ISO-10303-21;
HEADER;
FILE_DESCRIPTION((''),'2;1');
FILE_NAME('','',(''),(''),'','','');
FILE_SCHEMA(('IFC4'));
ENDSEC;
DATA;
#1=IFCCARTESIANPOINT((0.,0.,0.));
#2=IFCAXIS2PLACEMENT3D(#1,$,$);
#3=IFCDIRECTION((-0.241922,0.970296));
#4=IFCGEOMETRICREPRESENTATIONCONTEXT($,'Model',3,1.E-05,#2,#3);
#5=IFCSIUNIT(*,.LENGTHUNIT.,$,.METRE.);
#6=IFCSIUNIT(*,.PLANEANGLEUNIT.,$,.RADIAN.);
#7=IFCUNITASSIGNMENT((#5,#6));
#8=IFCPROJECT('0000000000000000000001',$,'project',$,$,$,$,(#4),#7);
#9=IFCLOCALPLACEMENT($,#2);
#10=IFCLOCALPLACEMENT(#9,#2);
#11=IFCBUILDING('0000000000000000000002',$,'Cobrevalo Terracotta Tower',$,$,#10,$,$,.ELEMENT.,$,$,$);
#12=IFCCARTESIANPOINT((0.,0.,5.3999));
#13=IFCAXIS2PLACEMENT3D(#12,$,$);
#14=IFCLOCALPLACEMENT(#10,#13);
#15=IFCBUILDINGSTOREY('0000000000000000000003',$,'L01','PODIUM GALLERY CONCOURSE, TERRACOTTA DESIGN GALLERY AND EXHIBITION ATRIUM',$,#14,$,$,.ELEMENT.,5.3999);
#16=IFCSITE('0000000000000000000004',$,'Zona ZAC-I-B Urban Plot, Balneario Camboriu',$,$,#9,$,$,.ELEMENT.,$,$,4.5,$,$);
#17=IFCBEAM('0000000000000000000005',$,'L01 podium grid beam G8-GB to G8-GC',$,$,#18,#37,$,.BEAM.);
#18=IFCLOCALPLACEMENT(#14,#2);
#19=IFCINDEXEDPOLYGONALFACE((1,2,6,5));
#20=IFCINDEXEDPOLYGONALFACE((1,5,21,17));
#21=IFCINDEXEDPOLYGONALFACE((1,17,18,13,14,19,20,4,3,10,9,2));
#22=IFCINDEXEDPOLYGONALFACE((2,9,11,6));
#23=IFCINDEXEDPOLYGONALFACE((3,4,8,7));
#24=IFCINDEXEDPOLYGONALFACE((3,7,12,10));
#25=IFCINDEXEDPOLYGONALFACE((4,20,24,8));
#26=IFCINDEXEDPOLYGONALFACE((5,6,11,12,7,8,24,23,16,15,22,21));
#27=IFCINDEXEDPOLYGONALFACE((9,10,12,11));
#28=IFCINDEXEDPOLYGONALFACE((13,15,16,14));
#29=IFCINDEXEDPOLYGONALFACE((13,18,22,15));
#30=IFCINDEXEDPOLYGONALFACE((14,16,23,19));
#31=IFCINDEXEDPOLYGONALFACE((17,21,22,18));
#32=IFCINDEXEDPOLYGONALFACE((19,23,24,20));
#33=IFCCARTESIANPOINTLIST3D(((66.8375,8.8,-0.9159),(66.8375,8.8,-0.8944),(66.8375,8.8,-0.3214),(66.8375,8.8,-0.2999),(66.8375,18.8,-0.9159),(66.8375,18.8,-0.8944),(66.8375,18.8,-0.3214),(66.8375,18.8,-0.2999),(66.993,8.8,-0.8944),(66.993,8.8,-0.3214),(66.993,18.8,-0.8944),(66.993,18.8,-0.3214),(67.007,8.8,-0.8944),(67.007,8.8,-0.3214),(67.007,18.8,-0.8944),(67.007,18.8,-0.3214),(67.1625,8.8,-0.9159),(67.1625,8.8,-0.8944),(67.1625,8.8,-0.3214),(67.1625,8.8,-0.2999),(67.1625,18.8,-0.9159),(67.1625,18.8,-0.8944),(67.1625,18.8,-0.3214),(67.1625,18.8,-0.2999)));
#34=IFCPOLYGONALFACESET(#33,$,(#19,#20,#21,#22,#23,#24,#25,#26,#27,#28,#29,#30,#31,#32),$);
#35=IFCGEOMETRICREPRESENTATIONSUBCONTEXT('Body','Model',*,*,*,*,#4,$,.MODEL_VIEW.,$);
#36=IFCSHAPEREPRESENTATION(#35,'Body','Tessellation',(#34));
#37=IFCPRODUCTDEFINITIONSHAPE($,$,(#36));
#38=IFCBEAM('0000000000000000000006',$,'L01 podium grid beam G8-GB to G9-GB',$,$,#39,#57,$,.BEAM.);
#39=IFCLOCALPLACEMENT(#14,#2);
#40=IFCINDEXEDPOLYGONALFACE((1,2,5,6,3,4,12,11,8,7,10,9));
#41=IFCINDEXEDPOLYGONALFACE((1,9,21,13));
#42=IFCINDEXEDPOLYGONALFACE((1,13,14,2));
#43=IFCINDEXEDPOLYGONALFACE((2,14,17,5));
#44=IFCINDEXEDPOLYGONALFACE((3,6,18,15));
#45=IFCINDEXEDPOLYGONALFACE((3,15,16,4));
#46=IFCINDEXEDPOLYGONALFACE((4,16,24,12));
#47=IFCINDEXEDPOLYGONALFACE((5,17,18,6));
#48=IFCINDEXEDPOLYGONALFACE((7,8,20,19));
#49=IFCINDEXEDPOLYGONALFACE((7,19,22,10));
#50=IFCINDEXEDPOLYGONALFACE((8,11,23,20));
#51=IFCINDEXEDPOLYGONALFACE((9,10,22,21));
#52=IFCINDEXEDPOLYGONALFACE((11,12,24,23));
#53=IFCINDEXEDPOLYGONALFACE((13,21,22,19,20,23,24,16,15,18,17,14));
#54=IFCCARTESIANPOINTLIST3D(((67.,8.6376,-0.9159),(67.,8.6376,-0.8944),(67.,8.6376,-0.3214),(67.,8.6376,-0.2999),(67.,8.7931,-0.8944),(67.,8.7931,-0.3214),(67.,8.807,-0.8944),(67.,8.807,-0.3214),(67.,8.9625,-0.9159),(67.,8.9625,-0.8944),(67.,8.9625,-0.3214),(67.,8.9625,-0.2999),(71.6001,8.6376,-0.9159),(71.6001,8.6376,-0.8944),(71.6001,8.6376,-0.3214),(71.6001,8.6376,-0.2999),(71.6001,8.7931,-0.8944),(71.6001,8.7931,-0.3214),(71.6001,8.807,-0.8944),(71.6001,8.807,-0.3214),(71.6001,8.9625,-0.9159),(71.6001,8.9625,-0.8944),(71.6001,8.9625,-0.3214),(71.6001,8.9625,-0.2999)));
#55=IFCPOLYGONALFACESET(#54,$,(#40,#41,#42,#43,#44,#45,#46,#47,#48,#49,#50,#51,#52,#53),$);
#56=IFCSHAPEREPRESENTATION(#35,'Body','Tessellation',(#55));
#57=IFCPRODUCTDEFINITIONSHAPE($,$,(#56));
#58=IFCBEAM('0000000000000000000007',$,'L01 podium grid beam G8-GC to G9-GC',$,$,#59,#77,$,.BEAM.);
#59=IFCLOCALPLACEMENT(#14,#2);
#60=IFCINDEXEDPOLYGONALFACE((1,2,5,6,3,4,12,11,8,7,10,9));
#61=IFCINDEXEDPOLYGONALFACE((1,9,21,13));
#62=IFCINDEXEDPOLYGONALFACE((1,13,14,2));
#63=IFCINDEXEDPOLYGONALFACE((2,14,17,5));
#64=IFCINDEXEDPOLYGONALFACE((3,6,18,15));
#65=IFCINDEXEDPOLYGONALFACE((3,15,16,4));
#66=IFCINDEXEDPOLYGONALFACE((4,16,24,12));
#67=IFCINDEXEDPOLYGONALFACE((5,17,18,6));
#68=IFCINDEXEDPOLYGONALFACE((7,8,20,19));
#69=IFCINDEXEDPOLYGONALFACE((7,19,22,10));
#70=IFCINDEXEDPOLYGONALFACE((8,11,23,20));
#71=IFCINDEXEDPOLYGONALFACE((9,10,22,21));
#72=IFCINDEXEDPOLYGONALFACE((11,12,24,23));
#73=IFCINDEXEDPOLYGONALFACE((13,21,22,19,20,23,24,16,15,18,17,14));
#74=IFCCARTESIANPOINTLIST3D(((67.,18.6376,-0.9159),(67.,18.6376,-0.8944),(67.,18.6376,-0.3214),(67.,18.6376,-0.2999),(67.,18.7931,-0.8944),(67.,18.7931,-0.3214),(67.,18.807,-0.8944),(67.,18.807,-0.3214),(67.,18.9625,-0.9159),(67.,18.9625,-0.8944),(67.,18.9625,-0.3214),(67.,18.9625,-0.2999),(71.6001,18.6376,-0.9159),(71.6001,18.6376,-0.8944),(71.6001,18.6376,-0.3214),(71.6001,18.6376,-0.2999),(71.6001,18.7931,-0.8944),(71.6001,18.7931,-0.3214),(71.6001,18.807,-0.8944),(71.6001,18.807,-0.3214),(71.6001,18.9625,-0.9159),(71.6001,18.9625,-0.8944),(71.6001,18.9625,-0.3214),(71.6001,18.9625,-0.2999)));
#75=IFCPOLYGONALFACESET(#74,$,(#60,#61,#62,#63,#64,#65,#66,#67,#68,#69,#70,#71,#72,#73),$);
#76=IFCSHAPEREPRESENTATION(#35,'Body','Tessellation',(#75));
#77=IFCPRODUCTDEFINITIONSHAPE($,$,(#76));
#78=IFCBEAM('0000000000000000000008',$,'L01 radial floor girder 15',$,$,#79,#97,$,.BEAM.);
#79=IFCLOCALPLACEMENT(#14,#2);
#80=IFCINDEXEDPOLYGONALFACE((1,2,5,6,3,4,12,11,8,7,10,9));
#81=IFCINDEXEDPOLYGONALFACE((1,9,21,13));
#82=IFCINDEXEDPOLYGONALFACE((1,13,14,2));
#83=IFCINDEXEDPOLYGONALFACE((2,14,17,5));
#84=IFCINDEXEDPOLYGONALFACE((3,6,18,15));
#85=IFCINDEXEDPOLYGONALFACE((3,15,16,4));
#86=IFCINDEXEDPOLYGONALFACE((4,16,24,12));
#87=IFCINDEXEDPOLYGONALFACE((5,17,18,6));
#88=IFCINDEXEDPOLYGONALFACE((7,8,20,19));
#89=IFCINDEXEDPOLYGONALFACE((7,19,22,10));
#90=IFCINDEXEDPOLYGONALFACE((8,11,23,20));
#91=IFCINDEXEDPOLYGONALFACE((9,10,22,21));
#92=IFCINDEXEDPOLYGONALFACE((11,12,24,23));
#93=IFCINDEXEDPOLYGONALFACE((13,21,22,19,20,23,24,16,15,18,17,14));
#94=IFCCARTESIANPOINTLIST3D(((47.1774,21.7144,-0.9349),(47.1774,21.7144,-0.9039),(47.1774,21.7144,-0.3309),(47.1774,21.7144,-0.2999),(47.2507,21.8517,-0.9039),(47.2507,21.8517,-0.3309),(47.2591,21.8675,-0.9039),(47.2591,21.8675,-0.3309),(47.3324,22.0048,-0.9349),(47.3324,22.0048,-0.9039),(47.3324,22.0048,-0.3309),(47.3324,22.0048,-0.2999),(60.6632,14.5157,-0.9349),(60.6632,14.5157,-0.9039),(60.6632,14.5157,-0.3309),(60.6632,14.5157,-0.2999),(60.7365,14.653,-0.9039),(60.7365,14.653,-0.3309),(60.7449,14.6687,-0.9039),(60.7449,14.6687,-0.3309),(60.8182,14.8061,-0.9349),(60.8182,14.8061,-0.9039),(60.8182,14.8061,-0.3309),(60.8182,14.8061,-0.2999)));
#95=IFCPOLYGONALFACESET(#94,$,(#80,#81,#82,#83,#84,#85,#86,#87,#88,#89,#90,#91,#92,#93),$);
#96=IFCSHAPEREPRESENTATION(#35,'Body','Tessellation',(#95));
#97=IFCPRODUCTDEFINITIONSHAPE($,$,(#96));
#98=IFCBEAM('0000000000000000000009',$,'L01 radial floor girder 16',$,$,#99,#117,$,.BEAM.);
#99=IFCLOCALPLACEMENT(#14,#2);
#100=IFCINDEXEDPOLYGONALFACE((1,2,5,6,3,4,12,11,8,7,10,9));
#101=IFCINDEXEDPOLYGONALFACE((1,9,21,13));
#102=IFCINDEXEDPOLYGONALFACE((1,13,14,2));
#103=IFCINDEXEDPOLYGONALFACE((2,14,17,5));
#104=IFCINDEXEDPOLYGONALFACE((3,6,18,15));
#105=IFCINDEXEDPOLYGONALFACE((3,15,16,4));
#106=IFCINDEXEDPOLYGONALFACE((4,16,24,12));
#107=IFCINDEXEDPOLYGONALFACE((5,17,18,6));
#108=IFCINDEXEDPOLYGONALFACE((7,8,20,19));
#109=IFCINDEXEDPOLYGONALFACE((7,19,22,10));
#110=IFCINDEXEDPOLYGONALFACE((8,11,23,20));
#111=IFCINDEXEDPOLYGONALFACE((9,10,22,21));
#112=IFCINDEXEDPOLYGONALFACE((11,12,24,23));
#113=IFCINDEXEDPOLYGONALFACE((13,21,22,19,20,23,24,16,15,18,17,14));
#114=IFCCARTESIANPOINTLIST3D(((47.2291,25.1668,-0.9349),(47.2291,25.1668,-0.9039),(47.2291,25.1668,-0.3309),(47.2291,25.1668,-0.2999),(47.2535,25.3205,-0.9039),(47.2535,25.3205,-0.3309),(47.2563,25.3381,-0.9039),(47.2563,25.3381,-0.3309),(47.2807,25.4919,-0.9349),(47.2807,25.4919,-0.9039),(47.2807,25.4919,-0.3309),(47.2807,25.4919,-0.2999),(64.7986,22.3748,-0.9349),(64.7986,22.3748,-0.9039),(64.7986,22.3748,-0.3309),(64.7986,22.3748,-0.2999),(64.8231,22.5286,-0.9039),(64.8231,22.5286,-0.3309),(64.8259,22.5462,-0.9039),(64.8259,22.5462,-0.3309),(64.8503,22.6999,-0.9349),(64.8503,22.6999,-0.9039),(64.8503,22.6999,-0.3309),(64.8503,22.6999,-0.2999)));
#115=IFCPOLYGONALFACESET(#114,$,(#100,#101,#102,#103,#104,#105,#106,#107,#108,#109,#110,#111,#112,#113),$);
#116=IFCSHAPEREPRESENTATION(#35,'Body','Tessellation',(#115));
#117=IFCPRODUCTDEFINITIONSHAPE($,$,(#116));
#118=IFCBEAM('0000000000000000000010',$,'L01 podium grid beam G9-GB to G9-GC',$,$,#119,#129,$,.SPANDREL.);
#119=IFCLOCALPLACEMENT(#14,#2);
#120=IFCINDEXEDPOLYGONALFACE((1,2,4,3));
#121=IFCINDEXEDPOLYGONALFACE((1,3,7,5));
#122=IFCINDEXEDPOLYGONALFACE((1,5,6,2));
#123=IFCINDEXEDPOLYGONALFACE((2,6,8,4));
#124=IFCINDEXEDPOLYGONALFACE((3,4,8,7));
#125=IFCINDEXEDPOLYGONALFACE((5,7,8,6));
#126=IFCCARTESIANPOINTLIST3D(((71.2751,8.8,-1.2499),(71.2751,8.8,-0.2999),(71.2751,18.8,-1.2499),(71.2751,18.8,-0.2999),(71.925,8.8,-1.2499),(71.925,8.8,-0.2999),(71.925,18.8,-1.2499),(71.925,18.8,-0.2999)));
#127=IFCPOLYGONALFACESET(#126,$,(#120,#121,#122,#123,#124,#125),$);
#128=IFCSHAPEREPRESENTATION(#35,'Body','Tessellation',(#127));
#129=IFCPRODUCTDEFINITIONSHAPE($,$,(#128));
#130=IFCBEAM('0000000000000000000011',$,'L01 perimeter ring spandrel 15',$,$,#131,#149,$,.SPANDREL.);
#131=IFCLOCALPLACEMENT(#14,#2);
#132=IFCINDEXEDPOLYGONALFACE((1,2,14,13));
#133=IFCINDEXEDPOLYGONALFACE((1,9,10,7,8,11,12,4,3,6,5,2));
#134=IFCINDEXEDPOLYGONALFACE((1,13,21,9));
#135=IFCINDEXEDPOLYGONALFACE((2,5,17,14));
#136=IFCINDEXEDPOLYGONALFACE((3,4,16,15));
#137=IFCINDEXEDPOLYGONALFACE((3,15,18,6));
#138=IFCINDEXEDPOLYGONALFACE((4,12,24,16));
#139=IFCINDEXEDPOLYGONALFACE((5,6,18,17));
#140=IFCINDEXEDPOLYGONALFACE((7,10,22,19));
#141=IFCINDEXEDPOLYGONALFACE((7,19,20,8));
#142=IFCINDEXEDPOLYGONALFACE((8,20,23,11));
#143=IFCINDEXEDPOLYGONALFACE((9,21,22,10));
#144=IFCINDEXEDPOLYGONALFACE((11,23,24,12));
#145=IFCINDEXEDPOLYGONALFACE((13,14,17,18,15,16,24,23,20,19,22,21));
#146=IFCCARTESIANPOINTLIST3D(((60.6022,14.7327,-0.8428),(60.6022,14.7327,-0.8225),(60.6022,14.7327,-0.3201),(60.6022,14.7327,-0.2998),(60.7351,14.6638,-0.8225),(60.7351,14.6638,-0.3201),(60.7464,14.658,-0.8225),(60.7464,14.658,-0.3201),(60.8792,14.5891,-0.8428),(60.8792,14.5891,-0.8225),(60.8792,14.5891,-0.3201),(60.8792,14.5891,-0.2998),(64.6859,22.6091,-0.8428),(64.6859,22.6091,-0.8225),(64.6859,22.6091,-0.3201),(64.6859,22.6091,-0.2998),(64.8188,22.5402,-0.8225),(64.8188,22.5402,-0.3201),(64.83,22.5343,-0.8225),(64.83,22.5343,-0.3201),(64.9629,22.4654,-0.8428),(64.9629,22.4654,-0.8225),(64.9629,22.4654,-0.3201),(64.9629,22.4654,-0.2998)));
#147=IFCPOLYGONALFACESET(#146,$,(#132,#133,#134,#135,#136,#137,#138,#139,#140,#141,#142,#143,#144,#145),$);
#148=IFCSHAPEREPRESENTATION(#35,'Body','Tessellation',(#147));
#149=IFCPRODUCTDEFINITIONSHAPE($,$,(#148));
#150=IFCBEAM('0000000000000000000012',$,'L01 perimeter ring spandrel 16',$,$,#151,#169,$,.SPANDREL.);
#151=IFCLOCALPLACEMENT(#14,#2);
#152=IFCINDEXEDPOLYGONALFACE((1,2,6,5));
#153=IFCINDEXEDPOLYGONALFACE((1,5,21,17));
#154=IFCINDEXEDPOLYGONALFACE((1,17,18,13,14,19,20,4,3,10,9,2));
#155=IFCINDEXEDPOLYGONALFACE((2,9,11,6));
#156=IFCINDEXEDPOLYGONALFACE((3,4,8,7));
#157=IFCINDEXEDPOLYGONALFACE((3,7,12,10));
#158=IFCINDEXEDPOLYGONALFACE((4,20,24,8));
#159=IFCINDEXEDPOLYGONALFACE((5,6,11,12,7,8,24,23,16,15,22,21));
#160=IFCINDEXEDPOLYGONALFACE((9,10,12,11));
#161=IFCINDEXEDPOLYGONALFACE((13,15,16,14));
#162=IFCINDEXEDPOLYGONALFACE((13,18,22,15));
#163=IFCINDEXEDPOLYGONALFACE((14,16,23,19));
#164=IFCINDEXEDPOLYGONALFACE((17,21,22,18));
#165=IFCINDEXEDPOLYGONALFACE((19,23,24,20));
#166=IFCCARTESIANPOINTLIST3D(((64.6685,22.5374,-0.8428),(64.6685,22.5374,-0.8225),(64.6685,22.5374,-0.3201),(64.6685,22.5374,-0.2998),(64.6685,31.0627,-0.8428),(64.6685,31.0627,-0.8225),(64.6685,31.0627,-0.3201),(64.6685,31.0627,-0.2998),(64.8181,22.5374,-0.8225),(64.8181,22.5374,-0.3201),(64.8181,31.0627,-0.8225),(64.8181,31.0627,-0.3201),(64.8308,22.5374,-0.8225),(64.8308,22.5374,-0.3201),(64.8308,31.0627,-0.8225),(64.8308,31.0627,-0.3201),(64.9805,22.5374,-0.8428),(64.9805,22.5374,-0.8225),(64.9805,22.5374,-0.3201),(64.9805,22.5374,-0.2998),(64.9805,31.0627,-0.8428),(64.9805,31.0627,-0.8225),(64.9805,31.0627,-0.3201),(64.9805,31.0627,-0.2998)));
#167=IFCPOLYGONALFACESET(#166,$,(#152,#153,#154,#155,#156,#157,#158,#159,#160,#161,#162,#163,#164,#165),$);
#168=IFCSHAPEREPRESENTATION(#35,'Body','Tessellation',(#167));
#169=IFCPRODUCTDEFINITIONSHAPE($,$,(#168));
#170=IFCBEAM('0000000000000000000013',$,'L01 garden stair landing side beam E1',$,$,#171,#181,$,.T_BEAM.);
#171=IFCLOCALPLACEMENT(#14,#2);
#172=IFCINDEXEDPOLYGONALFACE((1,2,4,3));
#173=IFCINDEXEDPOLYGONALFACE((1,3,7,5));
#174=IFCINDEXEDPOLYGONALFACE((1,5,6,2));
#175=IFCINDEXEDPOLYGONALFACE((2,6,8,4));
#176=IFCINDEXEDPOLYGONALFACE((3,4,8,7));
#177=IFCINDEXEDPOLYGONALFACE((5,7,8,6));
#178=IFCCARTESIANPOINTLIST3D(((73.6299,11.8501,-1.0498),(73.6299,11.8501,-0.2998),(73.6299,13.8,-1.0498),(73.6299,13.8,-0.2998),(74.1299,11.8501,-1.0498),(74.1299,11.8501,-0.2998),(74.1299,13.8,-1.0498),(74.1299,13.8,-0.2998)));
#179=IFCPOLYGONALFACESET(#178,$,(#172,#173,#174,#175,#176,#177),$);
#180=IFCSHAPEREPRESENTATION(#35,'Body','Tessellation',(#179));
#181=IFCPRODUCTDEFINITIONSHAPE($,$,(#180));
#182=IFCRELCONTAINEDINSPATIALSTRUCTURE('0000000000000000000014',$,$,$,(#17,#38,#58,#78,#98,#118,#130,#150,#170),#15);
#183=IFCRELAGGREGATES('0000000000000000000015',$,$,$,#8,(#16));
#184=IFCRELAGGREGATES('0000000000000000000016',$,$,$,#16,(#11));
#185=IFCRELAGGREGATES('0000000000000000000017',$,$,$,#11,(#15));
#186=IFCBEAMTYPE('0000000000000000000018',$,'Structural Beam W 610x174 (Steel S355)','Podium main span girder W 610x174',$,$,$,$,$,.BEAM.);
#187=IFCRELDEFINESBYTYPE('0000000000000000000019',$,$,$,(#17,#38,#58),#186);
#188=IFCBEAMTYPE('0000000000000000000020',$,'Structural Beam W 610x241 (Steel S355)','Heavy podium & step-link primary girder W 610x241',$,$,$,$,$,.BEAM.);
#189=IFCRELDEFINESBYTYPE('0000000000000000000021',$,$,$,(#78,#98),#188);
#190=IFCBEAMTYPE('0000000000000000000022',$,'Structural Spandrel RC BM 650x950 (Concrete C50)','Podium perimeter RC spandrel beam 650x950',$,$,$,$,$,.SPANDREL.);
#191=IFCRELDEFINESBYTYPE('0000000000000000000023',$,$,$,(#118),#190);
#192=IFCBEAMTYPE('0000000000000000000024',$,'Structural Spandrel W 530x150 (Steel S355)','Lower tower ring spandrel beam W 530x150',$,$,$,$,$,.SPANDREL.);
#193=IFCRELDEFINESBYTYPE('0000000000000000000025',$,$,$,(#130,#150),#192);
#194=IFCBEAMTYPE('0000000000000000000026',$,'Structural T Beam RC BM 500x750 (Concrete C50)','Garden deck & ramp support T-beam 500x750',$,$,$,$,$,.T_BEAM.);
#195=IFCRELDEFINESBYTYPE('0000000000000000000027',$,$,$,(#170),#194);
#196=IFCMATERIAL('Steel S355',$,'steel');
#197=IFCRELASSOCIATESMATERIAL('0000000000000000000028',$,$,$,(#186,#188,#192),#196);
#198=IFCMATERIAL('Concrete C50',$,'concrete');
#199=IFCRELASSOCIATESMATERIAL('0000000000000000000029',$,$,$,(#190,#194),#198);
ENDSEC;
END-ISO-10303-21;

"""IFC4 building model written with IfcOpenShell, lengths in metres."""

from ifc_helpers import new_model, si_unit, direction, frame, origin, origin_2d, place, context, subcontext, project, spatial, rectangle, i_section, extrude, material, material_profile, profile_set, type_object, element, save


model = new_model("IFC4")

# Units and contexts
model_context = context("Model", 3, precision=1e-05, world=origin(), true_north=direction((-0.241922, 0.970296)))
body_context = subcontext(model_context, "Body", "Model", "MODEL_VIEW")
ifc_project = project(units=[si_unit("LENGTHUNIT", "METRE"), si_unit("PLANEANGLEUNIT", "RADIAN")], contexts=[model_context])

# Site, building, storey
site_placement = place(None, origin())
site = spatial("IfcSite", under=ifc_project, at=site_placement, Name="Zona ZAC-I-B Urban Plot, Balneario Camboriu", CompositionType="ELEMENT", RefElevation=4.5)
building_placement = place(site_placement, origin())
building = spatial("IfcBuilding", under=site, at=building_placement, Name="Cobrevalo Terracotta Tower", CompositionType="ELEMENT")
storey_placement = place(building_placement, frame((0.0, 0.0, 5.3999)))
storey = spatial("IfcBuildingStorey", under=building, at=storey_placement, Name="L01", Description="PODIUM GALLERY CONCOURSE, TERRACOTTA DESIGN GALLERY AND EXHIBITION ATRIUM", CompositionType="ELEMENT", Elevation=5.3999)

# Shared definitions
ifc_material_1 = material(Name="Steel S355", Category="steel")
ifc_material_2 = material(Name="Concrete C50", Category="concrete")

# Beams
ifc_material_profile_1 = material_profile(ifc_material_1, i_section(OverallWidth=0.325, OverallDepth=0.616, WebThickness=0.0139, FlangeThickness=0.0215, at=origin_2d()), Name="W 610x174")
ifc_profile_set_1 = profile_set([ifc_material_profile_1], Name="Steel S355")
beam_type_1 = type_object("IfcBeamType", Name="Structural Beam W 610x174 (Steel S355)", Description="Podium main span girder W 610x174", PredefinedType="BEAM", material=ifc_profile_set_1)
beam_1_placement = place(storey_placement, frame((67.0, 8.8, -0.6079), z_axis=(0.0, 1.0, 0.0), x_axis=(-1.0, 0.0, 0.0)))
element("IfcBeam", 1, at=beam_1_placement, inside=storey, type_object=beam_type_1, Name="L01 podium grid beam G8-GB to G8-GC", PredefinedType="BEAM", context=body_context, shape_type="SweptSolid", body=[
    extrude(i_section(OverallWidth=0.325, OverallDepth=0.616, WebThickness=0.0139, FlangeThickness=0.0215, at=origin_2d()), origin(), (0.0, 0.0, 1.0), 10.0),
])
for number, where, z_axis, x_axis, name in (
    (2, (67.0, 8.8, -0.6079), (1.0, 0.0, 0.0), (0.0, 1.0, 0.0), "L01 podium grid beam G8-GB to G9-GB"),
    (3, (67.0, 18.8, -0.6079), (1.0, 0.0, 0.0), (0.0, 1.0, 0.0), "L01 podium grid beam G8-GC to G9-GC"),
):
    element("IfcBeam", number, at=place(storey_placement, frame(where, z_axis=z_axis, x_axis=x_axis)), inside=storey, type_object=beam_type_1, Name=name, PredefinedType="BEAM", context=body_context, shape_type="SweptSolid", body=[
        extrude(i_section(OverallWidth=0.325, OverallDepth=0.616, WebThickness=0.0139, FlangeThickness=0.0215, at=origin_2d()), origin(), (0.0, 0.0, 1.0), 4.6001),
    ])
ifc_material_profile_2 = material_profile(ifc_material_1, i_section(OverallWidth=0.3291, OverallDepth=0.635, WebThickness=0.0178, FlangeThickness=0.031, at=origin_2d()), Name="W 610x241")
ifc_profile_set_2 = profile_set([ifc_material_profile_2], Name="Steel S355")
beam_type_2 = type_object("IfcBeamType", Name="Structural Beam W 610x241 (Steel S355)", Description="Heavy podium & step-link primary girder W 610x241", PredefinedType="BEAM", material=ifc_profile_set_2)
beam_2_placement = place(storey_placement, frame((60.7407, 14.6609, -0.6174), z_axis=(-0.882182, 0.470908, 0.0), x_axis=(-0.470908, -0.882182, 0.0)))
element("IfcBeam", 4, at=beam_2_placement, inside=storey, type_object=beam_type_2, Name="L01 radial floor girder 15", PredefinedType="BEAM", context=body_context, shape_type="SweptSolid", body=[
    extrude(i_section(OverallWidth=0.3291, OverallDepth=0.635, WebThickness=0.0178, FlangeThickness=0.031, at=origin_2d()), origin(), (0.0, 0.0, 1.0), 15.2869),
])
beam_3_placement = place(storey_placement, frame((64.8245, 22.5374, -0.6174), z_axis=(-0.987608, 0.156941, 0.0), x_axis=(-0.156941, -0.987608, 0.0)))
element("IfcBeam", 5, at=beam_3_placement, inside=storey, type_object=beam_type_2, Name="L01 radial floor girder 16", PredefinedType="BEAM", context=body_context, shape_type="SweptSolid", body=[
    extrude(i_section(OverallWidth=0.3291, OverallDepth=0.635, WebThickness=0.0178, FlangeThickness=0.031, at=origin_2d()), origin(), (0.0, 0.0, 1.0), 17.79),
])
ifc_material_profile_3 = material_profile(ifc_material_2, rectangle(XDim=0.6499, YDim=0.95, at=origin_2d()), Name="RC BM 650x950")
ifc_profile_set_3 = profile_set([ifc_material_profile_3], Name="Concrete C50")
beam_type_3 = type_object("IfcBeamType", Name="Structural Spandrel RC BM 650x950 (Concrete C50)", Description="Podium perimeter RC spandrel beam 650x950", PredefinedType="SPANDREL", material=ifc_profile_set_3)
beam_4_placement = place(storey_placement, frame((71.6001, 8.8, -0.7749), z_axis=(0.0, 1.0, 0.0), x_axis=(-1.0, 0.0, 0.0)))
element("IfcBeam", 6, at=beam_4_placement, inside=storey, type_object=beam_type_3, Name="L01 podium grid beam G9-GB to G9-GC", PredefinedType="SPANDREL", context=body_context, shape_type="SweptSolid", body=[
    extrude(rectangle(XDim=0.6499, YDim=0.95, at=origin_2d()), origin(), (0.0, 0.0, 1.0), 10.0),
])
ifc_material_profile_4 = material_profile(ifc_material_1, i_section(OverallWidth=0.312, OverallDepth=0.543, WebThickness=0.0127, FlangeThickness=0.0203, at=origin_2d()), Name="W 530x150")
ifc_profile_set_4 = profile_set([ifc_material_profile_4], Name="Steel S355")
beam_type_4 = type_object("IfcBeamType", Name="Structural Spandrel W 530x150 (Steel S355)", Description="Lower tower ring spandrel beam W 530x150", PredefinedType="SPANDREL", material=ifc_profile_set_4)
beam_5_placement = place(storey_placement, frame((60.7407, 14.6609, -0.5713), z_axis=(0.460286, 0.887771, 0.0), x_axis=(-0.887771, 0.460286, 0.0)))
element("IfcBeam", 7, at=beam_5_placement, inside=storey, type_object=beam_type_4, Name="L01 perimeter ring spandrel 15", PredefinedType="SPANDREL", context=body_context, shape_type="SweptSolid", body=[
    extrude(i_section(OverallWidth=0.312, OverallDepth=0.543, WebThickness=0.0127, FlangeThickness=0.0203, at=origin_2d()), origin(), (0.0, 0.0, 1.0), 8.8721),
])
beam_6_placement = place(storey_placement, frame((64.8245, 22.5374, -0.5713), z_axis=(0.0, 1.0, 0.0), x_axis=(-1.0, 0.0, 0.0)))
element("IfcBeam", 8, at=beam_6_placement, inside=storey, type_object=beam_type_4, Name="L01 perimeter ring spandrel 16", PredefinedType="SPANDREL", context=body_context, shape_type="SweptSolid", body=[
    extrude(i_section(OverallWidth=0.312, OverallDepth=0.543, WebThickness=0.0127, FlangeThickness=0.0203, at=origin_2d()), origin(), (0.0, 0.0, 1.0), 8.5254),
])
ifc_material_profile_5 = material_profile(ifc_material_2, rectangle(XDim=0.5, YDim=0.75, at=origin_2d()), Name="RC BM 500x750")
ifc_profile_set_5 = profile_set([ifc_material_profile_5], Name="Concrete C50")
beam_type_5 = type_object("IfcBeamType", Name="Structural T Beam RC BM 500x750 (Concrete C50)", Description="Garden deck & ramp support T-beam 500x750", PredefinedType="T_BEAM", material=ifc_profile_set_5)
for number, where, z_axis, x_axis, name in (
    (9, (73.8799, 11.8501, -0.6748), (0.0, 1.0, 0.0), (-1.0, 0.0, 0.0), "L01 garden stair landing side beam E1"),
):
    element("IfcBeam", number, at=place(storey_placement, frame(where, z_axis=z_axis, x_axis=x_axis)), inside=storey, type_object=beam_type_5, Name=name, PredefinedType="T_BEAM", context=body_context, shape_type="SweptSolid", body=[
        extrude(rectangle(XDim=0.5, YDim=0.75, at=origin_2d()), origin(), (0.0, 0.0, 1.0), 1.95),
    ])

save(model, "model.ifc")
